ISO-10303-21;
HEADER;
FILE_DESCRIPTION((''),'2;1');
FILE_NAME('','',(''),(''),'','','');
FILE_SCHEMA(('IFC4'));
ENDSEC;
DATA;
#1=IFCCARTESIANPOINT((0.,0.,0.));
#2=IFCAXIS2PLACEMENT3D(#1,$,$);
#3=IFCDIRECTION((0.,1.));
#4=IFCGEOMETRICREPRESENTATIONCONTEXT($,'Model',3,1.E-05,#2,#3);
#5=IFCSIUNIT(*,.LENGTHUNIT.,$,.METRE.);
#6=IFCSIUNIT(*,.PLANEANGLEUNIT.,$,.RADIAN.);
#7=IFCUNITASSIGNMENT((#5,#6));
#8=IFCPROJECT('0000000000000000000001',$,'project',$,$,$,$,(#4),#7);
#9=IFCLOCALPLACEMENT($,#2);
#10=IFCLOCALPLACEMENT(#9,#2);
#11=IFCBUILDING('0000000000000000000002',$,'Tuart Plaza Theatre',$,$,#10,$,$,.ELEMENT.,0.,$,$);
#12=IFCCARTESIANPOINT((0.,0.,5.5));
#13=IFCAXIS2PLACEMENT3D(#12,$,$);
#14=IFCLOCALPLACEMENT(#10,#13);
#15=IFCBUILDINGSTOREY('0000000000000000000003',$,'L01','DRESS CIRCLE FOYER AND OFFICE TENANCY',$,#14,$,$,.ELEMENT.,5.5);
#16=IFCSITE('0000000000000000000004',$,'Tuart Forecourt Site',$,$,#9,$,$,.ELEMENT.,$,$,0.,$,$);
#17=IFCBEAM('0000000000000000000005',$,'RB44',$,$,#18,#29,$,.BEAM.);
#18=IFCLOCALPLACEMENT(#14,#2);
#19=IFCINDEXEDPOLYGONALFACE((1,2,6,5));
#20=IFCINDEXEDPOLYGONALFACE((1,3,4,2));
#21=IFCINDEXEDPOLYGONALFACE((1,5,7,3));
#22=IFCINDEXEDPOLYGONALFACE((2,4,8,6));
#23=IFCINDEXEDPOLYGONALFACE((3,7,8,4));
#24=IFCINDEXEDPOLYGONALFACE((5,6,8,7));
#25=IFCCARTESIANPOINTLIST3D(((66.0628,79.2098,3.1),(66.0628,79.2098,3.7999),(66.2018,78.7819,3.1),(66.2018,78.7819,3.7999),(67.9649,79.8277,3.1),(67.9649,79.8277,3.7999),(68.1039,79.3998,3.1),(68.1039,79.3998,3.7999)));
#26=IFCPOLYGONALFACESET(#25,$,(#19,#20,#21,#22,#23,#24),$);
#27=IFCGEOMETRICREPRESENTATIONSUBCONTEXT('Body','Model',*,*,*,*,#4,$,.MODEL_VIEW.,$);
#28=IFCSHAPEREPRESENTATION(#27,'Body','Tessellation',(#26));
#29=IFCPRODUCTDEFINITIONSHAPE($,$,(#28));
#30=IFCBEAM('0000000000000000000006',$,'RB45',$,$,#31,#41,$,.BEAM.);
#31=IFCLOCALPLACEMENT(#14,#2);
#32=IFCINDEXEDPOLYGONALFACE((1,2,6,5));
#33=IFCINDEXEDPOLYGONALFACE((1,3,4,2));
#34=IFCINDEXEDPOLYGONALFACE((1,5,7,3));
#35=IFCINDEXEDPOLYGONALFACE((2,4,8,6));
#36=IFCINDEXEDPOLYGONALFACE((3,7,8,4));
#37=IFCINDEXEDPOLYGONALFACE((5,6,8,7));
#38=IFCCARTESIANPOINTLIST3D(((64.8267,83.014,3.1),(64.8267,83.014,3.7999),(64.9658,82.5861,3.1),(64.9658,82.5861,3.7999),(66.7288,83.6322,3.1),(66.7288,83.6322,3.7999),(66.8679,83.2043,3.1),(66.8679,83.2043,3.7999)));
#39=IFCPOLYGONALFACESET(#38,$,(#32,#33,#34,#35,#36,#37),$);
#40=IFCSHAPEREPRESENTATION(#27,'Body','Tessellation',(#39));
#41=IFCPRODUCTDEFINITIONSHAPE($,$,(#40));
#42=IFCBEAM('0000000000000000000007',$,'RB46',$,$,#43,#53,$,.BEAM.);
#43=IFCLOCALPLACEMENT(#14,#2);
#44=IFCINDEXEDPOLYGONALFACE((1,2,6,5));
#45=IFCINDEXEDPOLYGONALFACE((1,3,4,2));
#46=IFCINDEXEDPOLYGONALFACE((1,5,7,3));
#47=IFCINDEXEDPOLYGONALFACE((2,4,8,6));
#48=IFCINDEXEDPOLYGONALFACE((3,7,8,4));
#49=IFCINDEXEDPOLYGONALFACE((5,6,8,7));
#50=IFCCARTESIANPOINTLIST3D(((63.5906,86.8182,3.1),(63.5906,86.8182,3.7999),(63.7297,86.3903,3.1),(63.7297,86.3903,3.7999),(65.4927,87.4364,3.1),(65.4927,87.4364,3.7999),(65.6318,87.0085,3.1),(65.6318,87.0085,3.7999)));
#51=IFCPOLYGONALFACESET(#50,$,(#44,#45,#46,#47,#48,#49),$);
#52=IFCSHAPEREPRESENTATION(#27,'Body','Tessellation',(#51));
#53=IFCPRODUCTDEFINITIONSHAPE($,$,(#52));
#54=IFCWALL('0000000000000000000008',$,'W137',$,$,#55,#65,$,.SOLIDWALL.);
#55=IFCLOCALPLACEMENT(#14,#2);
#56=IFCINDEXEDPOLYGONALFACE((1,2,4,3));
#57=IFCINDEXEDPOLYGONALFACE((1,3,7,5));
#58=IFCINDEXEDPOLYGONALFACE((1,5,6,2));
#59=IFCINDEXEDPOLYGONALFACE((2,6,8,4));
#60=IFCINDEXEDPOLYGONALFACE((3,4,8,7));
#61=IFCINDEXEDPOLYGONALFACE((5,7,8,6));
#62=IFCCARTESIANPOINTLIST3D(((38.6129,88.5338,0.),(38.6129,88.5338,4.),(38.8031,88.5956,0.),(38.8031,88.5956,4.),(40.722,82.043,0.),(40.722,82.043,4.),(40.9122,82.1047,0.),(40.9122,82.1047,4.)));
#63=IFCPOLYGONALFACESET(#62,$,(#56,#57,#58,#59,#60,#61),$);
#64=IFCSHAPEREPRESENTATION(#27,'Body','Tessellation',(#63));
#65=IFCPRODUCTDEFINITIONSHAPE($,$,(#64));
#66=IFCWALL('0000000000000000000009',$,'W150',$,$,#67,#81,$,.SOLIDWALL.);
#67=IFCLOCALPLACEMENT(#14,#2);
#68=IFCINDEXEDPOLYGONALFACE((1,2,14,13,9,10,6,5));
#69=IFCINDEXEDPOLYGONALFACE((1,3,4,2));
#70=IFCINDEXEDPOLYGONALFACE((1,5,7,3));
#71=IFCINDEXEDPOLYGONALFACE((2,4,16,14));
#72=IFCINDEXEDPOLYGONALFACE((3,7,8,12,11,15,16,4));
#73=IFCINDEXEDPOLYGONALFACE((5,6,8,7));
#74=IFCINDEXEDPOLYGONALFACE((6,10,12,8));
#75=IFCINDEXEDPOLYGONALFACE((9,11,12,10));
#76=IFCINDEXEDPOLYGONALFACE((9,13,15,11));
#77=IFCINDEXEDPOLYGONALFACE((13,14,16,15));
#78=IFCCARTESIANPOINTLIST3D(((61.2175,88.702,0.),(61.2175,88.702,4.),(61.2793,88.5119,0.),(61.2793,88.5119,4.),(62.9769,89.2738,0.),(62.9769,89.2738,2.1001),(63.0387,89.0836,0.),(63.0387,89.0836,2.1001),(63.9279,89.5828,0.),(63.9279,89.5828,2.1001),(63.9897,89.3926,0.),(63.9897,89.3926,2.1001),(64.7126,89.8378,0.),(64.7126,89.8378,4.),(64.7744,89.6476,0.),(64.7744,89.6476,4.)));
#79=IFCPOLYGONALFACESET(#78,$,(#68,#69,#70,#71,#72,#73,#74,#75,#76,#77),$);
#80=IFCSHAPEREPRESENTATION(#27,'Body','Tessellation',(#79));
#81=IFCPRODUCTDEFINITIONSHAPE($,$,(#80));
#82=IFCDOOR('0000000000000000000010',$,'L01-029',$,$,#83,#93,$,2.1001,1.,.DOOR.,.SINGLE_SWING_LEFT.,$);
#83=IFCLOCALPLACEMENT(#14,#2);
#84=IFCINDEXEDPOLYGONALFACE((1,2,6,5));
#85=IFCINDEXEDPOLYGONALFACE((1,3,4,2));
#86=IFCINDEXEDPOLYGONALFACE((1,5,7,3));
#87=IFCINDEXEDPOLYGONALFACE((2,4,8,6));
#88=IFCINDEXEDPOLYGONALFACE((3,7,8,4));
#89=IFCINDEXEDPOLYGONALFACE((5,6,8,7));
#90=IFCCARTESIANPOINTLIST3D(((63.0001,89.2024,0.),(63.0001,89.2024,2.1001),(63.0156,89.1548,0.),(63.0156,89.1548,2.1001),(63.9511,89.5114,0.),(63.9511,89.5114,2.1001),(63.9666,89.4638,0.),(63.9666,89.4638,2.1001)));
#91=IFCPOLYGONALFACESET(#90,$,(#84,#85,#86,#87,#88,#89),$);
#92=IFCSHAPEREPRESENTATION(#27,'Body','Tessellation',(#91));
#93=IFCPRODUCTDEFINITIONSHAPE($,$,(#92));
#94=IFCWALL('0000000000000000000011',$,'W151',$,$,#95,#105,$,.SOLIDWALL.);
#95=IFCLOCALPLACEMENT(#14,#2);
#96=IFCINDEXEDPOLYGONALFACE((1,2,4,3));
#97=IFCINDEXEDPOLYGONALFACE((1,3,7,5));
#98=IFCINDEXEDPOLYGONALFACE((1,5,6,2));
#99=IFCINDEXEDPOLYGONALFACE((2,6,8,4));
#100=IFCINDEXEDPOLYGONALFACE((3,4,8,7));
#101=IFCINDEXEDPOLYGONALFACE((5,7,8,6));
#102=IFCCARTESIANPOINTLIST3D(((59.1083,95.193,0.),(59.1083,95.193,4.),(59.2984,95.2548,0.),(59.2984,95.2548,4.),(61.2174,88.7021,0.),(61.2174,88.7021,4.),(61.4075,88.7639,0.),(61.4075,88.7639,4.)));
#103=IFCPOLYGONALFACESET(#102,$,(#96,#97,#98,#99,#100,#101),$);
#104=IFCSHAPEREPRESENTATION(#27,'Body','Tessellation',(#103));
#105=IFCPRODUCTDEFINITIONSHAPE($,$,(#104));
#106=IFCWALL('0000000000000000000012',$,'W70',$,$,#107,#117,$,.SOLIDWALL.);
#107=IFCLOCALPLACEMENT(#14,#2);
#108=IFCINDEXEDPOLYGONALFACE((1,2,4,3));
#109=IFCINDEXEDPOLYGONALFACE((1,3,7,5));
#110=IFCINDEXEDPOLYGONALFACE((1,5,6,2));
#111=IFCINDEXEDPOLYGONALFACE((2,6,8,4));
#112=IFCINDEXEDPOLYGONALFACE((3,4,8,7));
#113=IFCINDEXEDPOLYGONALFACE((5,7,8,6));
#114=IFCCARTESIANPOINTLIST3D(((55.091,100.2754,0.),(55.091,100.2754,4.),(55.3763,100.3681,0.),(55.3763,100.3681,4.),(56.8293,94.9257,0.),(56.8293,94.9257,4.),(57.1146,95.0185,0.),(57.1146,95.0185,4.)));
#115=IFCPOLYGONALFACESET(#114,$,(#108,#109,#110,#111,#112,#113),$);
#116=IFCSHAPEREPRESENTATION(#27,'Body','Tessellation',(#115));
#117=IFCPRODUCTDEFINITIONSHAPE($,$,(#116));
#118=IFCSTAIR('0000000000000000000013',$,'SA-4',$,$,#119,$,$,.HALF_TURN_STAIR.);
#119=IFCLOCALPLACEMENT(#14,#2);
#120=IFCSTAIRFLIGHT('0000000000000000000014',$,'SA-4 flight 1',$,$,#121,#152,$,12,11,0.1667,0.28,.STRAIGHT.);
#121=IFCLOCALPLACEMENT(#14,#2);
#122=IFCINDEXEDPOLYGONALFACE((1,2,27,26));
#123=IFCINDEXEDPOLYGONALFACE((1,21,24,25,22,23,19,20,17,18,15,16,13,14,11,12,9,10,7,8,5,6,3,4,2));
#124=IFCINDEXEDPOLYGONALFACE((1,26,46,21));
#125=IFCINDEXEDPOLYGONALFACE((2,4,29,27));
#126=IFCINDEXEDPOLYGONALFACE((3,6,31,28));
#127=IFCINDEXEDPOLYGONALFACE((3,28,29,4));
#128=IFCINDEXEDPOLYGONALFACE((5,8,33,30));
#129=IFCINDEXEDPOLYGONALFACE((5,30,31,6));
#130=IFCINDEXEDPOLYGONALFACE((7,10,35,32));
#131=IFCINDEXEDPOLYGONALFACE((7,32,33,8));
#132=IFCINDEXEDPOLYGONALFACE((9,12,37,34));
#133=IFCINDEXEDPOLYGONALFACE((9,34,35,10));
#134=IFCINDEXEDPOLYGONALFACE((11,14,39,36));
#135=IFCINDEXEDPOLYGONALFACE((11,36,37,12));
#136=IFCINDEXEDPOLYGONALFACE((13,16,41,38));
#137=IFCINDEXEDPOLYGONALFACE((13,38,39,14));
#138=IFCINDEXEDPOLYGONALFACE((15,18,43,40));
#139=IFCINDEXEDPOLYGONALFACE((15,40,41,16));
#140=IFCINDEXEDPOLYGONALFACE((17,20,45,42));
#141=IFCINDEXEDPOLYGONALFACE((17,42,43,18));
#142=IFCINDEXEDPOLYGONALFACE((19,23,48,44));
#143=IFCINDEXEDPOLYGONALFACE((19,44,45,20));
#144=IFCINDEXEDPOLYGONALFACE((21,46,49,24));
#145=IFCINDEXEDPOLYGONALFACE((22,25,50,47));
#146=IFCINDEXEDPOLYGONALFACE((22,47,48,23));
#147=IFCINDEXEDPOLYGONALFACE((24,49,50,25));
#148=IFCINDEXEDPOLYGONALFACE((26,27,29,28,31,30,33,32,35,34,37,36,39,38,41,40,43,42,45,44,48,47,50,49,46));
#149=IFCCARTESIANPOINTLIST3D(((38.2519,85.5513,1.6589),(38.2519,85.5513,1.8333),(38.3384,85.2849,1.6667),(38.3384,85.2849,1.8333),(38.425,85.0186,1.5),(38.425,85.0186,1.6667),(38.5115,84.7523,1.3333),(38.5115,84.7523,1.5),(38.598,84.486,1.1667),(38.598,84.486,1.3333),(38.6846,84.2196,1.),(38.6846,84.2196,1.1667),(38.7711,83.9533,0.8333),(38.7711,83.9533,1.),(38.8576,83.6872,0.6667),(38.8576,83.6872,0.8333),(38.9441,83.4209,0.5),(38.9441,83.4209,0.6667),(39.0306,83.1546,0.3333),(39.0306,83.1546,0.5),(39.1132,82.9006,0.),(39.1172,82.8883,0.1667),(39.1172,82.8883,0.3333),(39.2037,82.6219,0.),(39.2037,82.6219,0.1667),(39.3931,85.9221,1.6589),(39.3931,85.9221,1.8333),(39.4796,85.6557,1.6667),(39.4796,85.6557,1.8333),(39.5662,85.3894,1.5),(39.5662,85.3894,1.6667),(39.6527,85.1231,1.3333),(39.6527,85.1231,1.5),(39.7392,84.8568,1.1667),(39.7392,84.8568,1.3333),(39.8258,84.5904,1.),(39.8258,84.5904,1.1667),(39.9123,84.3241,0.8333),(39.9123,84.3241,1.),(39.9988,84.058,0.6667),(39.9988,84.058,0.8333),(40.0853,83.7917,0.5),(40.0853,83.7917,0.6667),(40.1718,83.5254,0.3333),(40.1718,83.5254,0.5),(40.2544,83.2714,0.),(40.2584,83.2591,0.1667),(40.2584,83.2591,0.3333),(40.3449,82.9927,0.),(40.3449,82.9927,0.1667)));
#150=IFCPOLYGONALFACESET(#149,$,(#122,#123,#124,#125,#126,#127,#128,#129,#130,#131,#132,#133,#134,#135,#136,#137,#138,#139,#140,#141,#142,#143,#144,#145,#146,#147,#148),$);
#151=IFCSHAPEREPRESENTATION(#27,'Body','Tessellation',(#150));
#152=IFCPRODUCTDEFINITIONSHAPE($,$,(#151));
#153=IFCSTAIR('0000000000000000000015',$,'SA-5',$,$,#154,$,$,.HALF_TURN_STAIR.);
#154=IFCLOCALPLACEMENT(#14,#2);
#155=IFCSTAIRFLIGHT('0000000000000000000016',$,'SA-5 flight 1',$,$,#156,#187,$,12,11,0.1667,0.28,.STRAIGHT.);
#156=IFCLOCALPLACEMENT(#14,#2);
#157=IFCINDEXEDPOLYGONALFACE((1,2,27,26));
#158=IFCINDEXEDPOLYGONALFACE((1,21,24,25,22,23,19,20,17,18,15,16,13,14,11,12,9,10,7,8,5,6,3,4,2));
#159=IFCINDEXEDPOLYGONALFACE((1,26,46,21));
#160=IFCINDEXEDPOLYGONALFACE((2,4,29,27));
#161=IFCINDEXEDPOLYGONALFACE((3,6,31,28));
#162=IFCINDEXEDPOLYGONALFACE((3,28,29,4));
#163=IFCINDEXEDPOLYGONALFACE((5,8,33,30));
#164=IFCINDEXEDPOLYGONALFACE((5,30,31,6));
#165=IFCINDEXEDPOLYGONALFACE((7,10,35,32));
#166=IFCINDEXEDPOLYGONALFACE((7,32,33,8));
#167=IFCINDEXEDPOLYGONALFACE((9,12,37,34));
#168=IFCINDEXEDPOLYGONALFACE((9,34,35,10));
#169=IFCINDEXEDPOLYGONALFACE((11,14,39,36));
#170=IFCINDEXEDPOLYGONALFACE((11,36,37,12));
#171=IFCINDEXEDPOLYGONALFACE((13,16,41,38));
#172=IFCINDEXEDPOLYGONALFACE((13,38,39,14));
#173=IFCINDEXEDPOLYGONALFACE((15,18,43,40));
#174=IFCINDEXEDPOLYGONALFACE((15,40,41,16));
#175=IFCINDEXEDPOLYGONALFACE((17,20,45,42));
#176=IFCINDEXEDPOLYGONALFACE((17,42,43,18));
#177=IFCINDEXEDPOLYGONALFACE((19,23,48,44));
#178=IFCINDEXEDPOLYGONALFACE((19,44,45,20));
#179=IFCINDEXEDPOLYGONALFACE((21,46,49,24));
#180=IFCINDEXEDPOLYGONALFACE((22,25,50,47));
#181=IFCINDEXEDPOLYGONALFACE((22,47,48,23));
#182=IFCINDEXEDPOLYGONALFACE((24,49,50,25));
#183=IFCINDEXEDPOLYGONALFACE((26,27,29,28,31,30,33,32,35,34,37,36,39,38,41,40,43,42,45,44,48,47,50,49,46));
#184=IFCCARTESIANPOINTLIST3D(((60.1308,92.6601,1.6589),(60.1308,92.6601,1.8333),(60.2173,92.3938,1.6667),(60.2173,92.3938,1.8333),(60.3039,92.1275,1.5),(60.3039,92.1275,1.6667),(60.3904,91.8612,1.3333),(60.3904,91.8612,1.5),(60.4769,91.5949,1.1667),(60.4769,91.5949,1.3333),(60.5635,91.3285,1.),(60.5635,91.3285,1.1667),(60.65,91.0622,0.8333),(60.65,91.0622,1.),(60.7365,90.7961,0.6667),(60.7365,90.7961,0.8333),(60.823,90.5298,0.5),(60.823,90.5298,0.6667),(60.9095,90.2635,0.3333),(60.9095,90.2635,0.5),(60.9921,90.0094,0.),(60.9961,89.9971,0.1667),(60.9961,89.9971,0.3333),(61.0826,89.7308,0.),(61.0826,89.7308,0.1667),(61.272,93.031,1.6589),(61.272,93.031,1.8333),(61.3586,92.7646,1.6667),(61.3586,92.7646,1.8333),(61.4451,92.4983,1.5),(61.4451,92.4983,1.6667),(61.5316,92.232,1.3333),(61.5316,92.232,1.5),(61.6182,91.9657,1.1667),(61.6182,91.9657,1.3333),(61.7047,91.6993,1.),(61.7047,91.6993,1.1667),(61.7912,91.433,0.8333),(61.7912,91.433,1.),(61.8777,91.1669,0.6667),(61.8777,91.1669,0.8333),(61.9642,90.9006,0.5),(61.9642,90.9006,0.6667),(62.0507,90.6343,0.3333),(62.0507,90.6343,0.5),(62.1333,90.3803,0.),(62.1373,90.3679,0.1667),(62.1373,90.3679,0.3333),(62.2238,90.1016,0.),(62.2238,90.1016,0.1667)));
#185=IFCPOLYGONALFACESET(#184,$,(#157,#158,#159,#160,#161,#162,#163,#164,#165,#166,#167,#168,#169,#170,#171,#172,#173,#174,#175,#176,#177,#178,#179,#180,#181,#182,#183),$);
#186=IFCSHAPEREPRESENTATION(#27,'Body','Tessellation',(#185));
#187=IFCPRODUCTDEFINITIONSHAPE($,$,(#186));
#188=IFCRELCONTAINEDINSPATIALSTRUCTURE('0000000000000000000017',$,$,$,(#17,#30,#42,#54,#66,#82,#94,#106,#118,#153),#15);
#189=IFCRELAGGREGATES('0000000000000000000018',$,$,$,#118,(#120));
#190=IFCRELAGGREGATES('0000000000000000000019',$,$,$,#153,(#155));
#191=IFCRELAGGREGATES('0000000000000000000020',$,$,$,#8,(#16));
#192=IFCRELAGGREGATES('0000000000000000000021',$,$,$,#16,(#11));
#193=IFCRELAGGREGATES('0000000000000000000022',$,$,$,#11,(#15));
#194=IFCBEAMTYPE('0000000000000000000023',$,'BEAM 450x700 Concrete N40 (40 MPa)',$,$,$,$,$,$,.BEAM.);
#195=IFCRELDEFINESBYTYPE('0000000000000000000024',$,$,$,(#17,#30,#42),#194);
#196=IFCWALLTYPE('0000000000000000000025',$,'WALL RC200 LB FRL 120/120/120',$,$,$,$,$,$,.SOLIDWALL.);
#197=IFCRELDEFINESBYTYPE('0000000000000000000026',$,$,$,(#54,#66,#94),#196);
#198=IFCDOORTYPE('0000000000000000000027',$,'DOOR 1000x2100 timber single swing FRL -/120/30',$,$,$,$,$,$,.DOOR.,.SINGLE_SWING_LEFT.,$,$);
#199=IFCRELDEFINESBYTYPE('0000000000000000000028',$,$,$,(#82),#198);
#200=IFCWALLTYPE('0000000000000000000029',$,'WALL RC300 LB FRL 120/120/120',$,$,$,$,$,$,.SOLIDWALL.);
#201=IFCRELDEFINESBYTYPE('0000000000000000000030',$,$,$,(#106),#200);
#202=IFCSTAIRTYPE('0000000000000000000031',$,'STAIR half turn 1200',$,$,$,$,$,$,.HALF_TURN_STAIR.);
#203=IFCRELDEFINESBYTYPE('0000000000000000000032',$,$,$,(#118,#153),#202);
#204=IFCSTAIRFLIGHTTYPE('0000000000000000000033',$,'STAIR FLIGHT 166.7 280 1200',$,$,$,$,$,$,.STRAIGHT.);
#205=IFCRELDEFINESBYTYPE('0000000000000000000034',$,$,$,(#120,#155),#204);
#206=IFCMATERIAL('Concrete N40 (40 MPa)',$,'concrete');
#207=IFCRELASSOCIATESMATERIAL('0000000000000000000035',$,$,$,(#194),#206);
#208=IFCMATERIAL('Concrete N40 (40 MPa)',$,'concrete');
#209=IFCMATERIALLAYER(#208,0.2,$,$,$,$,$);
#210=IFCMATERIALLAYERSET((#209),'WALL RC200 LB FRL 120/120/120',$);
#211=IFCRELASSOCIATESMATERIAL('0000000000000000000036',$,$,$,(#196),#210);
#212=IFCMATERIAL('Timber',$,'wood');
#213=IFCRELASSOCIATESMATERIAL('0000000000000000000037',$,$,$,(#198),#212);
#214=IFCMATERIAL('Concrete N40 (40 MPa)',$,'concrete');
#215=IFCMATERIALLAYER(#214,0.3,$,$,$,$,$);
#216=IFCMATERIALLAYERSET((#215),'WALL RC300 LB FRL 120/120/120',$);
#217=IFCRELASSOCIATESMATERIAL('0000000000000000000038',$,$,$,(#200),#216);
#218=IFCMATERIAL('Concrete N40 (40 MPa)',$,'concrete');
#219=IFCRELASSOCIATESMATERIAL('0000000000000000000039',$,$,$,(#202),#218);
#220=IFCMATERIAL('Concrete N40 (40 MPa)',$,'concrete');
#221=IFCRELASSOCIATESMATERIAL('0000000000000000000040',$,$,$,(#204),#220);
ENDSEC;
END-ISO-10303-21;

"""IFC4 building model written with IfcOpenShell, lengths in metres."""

from ifc_helpers import new_model, si_unit, direction, frame, frame_2d, origin, origin_2d, place, context, subcontext, project, spatial, polyline, rectangle, outline, extrude, material, layer, layer_set, material_profile, profile_set, type_object, element, fill, aggregate, save


model = new_model("IFC4")

# Units and contexts
model_context = context("Model", 3, precision=1e-05, world=origin(), true_north=direction((0.0, 1.0)))
body_context = subcontext(model_context, "Body", "Model", "MODEL_VIEW")
ifc_project = project(units=[si_unit("LENGTHUNIT", "METRE"), si_unit("PLANEANGLEUNIT", "RADIAN")], contexts=[model_context])

# Site, building, storey
site_placement = place(None, origin())
site = spatial("IfcSite", under=ifc_project, at=site_placement, Name="Tuart Forecourt Site", CompositionType="ELEMENT", RefElevation=0.0)
building_placement = place(site_placement, origin())
building = spatial("IfcBuilding", under=site, at=building_placement, Name="Tuart Plaza Theatre", CompositionType="ELEMENT", ElevationOfRefHeight=0.0)
storey_placement = place(building_placement, frame((0.0, 0.0, 5.5)))
storey = spatial("IfcBuildingStorey", under=building, at=storey_placement, Name="L01", Description="DRESS CIRCLE FOYER AND OFFICE TENANCY", CompositionType="ELEMENT", Elevation=5.5)

# Beams
ifc_material_1 = material(Name="Concrete N40 (40 MPa)", Category="concrete")
ifc_material_profile_1 = material_profile(ifc_material_1, rectangle(XDim=0.45, YDim=0.7, at=origin_2d()), Name="BEAM 450x700 Concrete N40 (40 MPa)")
ifc_profile_set_1 = profile_set([ifc_material_profile_1], Name="Concrete N40 (40 MPa)")
beam_type_1 = type_object("IfcBeamType", Name="BEAM 450x700 Concrete N40 (40 MPa)", PredefinedType="BEAM", material=ifc_profile_set_1)
for number, where, z_axis, x_axis, name in (
    (1, (68.0344, 79.6138, 3.45), (-0.951073, -0.308967, 0.0), (0.308967, -0.951073, 0.0), "RB44"),
    (2, (66.7983, 83.4182, 3.45), (-0.951037, -0.309078, 0.0), (0.309078, -0.951037, 0.0), "RB45"),
    (3, (65.5623, 87.2224, 3.45), (-0.951037, -0.309078, 0.0), (0.309078, -0.951037, 0.0), "RB46"),
):
    element("IfcBeam", number, at=place(storey_placement, frame(where, z_axis=z_axis, x_axis=x_axis)), inside=storey, type_object=beam_type_1, Name=name, PredefinedType="BEAM", context=body_context, shape_type="SweptSolid", body=[
        extrude(rectangle(XDim=0.45, YDim=0.7, at=origin_2d()), origin(), (0.0, 0.0, 1.0), 2.0),
    ])

# Wall
ifc_material_2 = material(Name="Concrete N40 (40 MPa)", Category="concrete")
ifc_layer_1 = layer(ifc_material_2, 0.2)
ifc_layer_set_1 = layer_set([ifc_layer_1], Name="WALL RC200 LB FRL 120/120/120")
wall_type_1 = type_object("IfcWallType", Name="WALL RC200 LB FRL 120/120/120", PredefinedType="SOLIDWALL", material=ifc_layer_set_1)
wall_1_placement = place(storey_placement, frame((40.8171, 82.0737, 0.0), z_axis=(0.0, 0.0, 1.0), x_axis=(-0.309029, 0.951053, 0.0)))
element("IfcWall", 4, at=wall_1_placement, inside=storey, type_object=wall_type_1, Name="W137", PredefinedType="SOLIDWALL", context=body_context, shape_type="SweptSolid", body=[
    extrude(rectangle(XDim=6.825, YDim=0.2, at=frame_2d((3.4126, 0.0))), origin(), (0.0, 0.0, 1.0), 4.0),
])

# Wall, opening, door
wall_2_placement = place(storey_placement, frame((64.7434, 89.7427, 0.0), z_axis=(0.0, 0.0, 1.0), x_axis=(-0.951048, -0.309044, 0.0)))
wall_2 = element("IfcWall", 5, at=wall_2_placement, inside=storey, type_object=wall_type_1, Name="W150", PredefinedType="SOLIDWALL", context=body_context, shape_type="SweptSolid", body=[
    extrude(rectangle(XDim=3.675, YDim=0.2, at=frame_2d((1.8374, 0.0))), origin(), (0.0, 0.0, 1.0), 4.0),
])
opening_placement = place(wall_2_placement, frame((0.825, 0.0, 0.0)))
opening = element("IfcOpeningElement", 6, at=opening_placement, cuts=wall_2, PredefinedType="OPENING", context=body_context, shape_type="SweptSolid", body=[
    extrude(rectangle(XDim=1.0, YDim=2.1001, at=frame_2d((0.5, 1.05))), frame((0.0, 0.1099, 0.0), z_axis=(0.0, -1.0, 0.0), x_axis=(1.0, 0.0, 0.0)), (0.0, 0.0, 1.0), 0.22),
])
ifc_material_3 = material(Name="Timber", Category="wood")
door_type = type_object("IfcDoorType", Name="DOOR 1000x2100 timber single swing FRL -/120/30", OperationType="SINGLE_SWING_LEFT", PredefinedType="DOOR", material=ifc_material_3)
door_placement = place(opening_placement, frame((1.0, 0.0, 0.0), z_axis=(0.0, 0.0, 1.0), x_axis=(-1.0, 0.0, 0.0)))
door = element("IfcDoor", 7, at=door_placement, inside=storey, type_object=door_type, Name="L01-029", OperationType="SINGLE_SWING_LEFT", OverallHeight=2.1001, OverallWidth=1.0, PredefinedType="DOOR", context=body_context, shape_type="SweptSolid", body=[
    extrude(rectangle(XDim=1.0, YDim=2.1001, at=frame_2d((0.5, 1.05))), frame((0.0, 0.0249, 0.0), z_axis=(0.0, -1.0, 0.0), x_axis=(1.0, 0.0, 0.0)), (0.0, 0.0, 1.0), 0.05),
])
fill(opening, door)

# Walls
wall_3_placement = place(storey_placement, frame((61.3125, 88.7329, 0.0), z_axis=(0.0, 0.0, 1.0), x_axis=(-0.309029, 0.951053, 0.0)))
element("IfcWall", 8, at=wall_3_placement, inside=storey, type_object=wall_type_1, Name="W151", PredefinedType="SOLIDWALL", context=body_context, shape_type="SweptSolid", body=[
    extrude(rectangle(XDim=6.825, YDim=0.2, at=frame_2d((3.4126, 0.0))), origin(), (0.0, 0.0, 1.0), 4.0),
])
ifc_material_4 = material(Name="Concrete N40 (40 MPa)", Category="concrete")
ifc_layer_2 = layer(ifc_material_4, 0.3)
ifc_layer_set_2 = layer_set([ifc_layer_2], Name="WALL RC300 LB FRL 120/120/120")
wall_type_2 = type_object("IfcWallType", Name="WALL RC300 LB FRL 120/120/120", PredefinedType="SOLIDWALL", material=ifc_layer_set_2)
wall_4_placement = place(storey_placement, frame((55.2336, 100.3218, 0.0), z_axis=(0.0, 0.0, 1.0), x_axis=(0.309031, -0.951052, 0.0)))
element("IfcWall", 9, at=wall_4_placement, inside=storey, type_object=wall_type_2, Name="W70", PredefinedType="SOLIDWALL", context=body_context, shape_type="SweptSolid", body=[
    extrude(rectangle(XDim=5.625, YDim=0.3, at=frame_2d((2.8125, 0.0))), origin(), (0.0, 0.0, 1.0), 4.0),
])

# Stair, stair flight
ifc_material_5 = material(Name="Concrete N40 (40 MPa)", Category="concrete")
stair_type = type_object("IfcStairType", Name="STAIR half turn 1200", PredefinedType="HALF_TURN_STAIR", material=ifc_material_5)
stair_1_placement = place(storey_placement, origin())
stair_1 = element("IfcStair", 10, at=stair_1_placement, inside=storey, type_object=stair_type, Name="SA-4", PredefinedType="HALF_TURN_STAIR")
ifc_material_6 = material(Name="Concrete N40 (40 MPa)", Category="concrete")
stair_flight_type = type_object("IfcStairFlightType", Name="STAIR FLIGHT 166.7 280 1200", PredefinedType="STRAIGHT", material=ifc_material_6)
stair_flight_1_placement = place(storey_placement, frame((39.7744, 82.8074, 0.0), z_axis=(0.0, 0.0, 1.0), x_axis=(-0.309017, 0.951057, 0.0)))
stair_flight_1 = element("IfcStairFlight", 11, at=stair_flight_1_placement, type_object=stair_flight_type, Name="SA-4 flight 1", NumberOfRisers=12, NumberOfTreads=11, PredefinedType="STRAIGHT", RiserHeight=0.1667, TreadLength=0.28, context=body_context, shape_type="SweptSolid", body=[
    extrude(outline(polyline([(0.0, 0.0), (0.0, 0.1667), (0.28, 0.1667), (0.28, 0.3333), (0.5601, 0.3333), (0.5601, 0.5), (0.8401, 0.5), (0.8401, 0.6667), (1.1201, 0.6667), (1.1201, 0.8333), (1.3999, 0.8333), (1.3999, 1.0), (1.6799, 1.0), (1.6799, 1.1667), (1.96, 1.1667), (1.96, 1.3333), (2.24, 1.3333), (2.24, 1.5), (2.52, 1.5), (2.52, 1.6667), (2.8, 1.6667), (2.8, 1.8333), (3.0801, 1.8333), (3.0801, 2.0), (3.0801, 1.6589), (0.293, 0.0), (0.0, 0.0)])), frame((0.0, 0.6001, 0.0), z_axis=(0.0, -1.0, 0.0), x_axis=(1.0, 0.0, 0.0)), (0.0, 0.0, 1.0), 1.2),
])
aggregate(stair_1, [stair_flight_1])

# Stair, stair flight
stair_2_placement = place(storey_placement, origin())
stair_2 = element("IfcStair", 12, at=stair_2_placement, inside=storey, type_object=stair_type, Name="SA-5", PredefinedType="HALF_TURN_STAIR")
stair_flight_2_placement = place(storey_placement, frame((61.6533, 89.9163, 0.0), z_axis=(0.0, 0.0, 1.0), x_axis=(-0.309017, 0.951057, 0.0)))
stair_flight_2 = element("IfcStairFlight", 13, at=stair_flight_2_placement, type_object=stair_flight_type, Name="SA-5 flight 1", NumberOfRisers=12, NumberOfTreads=11, PredefinedType="STRAIGHT", RiserHeight=0.1667, TreadLength=0.28, context=body_context, shape_type="SweptSolid", body=[
    extrude(outline(polyline([(0.0, 0.0), (0.0, 0.1667), (0.28, 0.1667), (0.28, 0.3333), (0.5601, 0.3333), (0.5601, 0.5), (0.8401, 0.5), (0.8401, 0.6667), (1.1201, 0.6667), (1.1201, 0.8333), (1.3999, 0.8333), (1.3999, 1.0), (1.6799, 1.0), (1.6799, 1.1667), (1.96, 1.1667), (1.96, 1.3333), (2.24, 1.3333), (2.24, 1.5), (2.52, 1.5), (2.52, 1.6667), (2.8, 1.6667), (2.8, 1.8333), (3.0801, 1.8333), (3.0801, 2.0), (3.0801, 1.6589), (0.293, 0.0), (0.0, 0.0)])), frame((0.0, 0.6001, 0.0), z_axis=(0.0, -1.0, 0.0), x_axis=(1.0, 0.0, 0.0)), (0.0, 0.0, 1.0), 1.2),
])
aggregate(stair_2, [stair_flight_2])

save(model, "model.ifc")
